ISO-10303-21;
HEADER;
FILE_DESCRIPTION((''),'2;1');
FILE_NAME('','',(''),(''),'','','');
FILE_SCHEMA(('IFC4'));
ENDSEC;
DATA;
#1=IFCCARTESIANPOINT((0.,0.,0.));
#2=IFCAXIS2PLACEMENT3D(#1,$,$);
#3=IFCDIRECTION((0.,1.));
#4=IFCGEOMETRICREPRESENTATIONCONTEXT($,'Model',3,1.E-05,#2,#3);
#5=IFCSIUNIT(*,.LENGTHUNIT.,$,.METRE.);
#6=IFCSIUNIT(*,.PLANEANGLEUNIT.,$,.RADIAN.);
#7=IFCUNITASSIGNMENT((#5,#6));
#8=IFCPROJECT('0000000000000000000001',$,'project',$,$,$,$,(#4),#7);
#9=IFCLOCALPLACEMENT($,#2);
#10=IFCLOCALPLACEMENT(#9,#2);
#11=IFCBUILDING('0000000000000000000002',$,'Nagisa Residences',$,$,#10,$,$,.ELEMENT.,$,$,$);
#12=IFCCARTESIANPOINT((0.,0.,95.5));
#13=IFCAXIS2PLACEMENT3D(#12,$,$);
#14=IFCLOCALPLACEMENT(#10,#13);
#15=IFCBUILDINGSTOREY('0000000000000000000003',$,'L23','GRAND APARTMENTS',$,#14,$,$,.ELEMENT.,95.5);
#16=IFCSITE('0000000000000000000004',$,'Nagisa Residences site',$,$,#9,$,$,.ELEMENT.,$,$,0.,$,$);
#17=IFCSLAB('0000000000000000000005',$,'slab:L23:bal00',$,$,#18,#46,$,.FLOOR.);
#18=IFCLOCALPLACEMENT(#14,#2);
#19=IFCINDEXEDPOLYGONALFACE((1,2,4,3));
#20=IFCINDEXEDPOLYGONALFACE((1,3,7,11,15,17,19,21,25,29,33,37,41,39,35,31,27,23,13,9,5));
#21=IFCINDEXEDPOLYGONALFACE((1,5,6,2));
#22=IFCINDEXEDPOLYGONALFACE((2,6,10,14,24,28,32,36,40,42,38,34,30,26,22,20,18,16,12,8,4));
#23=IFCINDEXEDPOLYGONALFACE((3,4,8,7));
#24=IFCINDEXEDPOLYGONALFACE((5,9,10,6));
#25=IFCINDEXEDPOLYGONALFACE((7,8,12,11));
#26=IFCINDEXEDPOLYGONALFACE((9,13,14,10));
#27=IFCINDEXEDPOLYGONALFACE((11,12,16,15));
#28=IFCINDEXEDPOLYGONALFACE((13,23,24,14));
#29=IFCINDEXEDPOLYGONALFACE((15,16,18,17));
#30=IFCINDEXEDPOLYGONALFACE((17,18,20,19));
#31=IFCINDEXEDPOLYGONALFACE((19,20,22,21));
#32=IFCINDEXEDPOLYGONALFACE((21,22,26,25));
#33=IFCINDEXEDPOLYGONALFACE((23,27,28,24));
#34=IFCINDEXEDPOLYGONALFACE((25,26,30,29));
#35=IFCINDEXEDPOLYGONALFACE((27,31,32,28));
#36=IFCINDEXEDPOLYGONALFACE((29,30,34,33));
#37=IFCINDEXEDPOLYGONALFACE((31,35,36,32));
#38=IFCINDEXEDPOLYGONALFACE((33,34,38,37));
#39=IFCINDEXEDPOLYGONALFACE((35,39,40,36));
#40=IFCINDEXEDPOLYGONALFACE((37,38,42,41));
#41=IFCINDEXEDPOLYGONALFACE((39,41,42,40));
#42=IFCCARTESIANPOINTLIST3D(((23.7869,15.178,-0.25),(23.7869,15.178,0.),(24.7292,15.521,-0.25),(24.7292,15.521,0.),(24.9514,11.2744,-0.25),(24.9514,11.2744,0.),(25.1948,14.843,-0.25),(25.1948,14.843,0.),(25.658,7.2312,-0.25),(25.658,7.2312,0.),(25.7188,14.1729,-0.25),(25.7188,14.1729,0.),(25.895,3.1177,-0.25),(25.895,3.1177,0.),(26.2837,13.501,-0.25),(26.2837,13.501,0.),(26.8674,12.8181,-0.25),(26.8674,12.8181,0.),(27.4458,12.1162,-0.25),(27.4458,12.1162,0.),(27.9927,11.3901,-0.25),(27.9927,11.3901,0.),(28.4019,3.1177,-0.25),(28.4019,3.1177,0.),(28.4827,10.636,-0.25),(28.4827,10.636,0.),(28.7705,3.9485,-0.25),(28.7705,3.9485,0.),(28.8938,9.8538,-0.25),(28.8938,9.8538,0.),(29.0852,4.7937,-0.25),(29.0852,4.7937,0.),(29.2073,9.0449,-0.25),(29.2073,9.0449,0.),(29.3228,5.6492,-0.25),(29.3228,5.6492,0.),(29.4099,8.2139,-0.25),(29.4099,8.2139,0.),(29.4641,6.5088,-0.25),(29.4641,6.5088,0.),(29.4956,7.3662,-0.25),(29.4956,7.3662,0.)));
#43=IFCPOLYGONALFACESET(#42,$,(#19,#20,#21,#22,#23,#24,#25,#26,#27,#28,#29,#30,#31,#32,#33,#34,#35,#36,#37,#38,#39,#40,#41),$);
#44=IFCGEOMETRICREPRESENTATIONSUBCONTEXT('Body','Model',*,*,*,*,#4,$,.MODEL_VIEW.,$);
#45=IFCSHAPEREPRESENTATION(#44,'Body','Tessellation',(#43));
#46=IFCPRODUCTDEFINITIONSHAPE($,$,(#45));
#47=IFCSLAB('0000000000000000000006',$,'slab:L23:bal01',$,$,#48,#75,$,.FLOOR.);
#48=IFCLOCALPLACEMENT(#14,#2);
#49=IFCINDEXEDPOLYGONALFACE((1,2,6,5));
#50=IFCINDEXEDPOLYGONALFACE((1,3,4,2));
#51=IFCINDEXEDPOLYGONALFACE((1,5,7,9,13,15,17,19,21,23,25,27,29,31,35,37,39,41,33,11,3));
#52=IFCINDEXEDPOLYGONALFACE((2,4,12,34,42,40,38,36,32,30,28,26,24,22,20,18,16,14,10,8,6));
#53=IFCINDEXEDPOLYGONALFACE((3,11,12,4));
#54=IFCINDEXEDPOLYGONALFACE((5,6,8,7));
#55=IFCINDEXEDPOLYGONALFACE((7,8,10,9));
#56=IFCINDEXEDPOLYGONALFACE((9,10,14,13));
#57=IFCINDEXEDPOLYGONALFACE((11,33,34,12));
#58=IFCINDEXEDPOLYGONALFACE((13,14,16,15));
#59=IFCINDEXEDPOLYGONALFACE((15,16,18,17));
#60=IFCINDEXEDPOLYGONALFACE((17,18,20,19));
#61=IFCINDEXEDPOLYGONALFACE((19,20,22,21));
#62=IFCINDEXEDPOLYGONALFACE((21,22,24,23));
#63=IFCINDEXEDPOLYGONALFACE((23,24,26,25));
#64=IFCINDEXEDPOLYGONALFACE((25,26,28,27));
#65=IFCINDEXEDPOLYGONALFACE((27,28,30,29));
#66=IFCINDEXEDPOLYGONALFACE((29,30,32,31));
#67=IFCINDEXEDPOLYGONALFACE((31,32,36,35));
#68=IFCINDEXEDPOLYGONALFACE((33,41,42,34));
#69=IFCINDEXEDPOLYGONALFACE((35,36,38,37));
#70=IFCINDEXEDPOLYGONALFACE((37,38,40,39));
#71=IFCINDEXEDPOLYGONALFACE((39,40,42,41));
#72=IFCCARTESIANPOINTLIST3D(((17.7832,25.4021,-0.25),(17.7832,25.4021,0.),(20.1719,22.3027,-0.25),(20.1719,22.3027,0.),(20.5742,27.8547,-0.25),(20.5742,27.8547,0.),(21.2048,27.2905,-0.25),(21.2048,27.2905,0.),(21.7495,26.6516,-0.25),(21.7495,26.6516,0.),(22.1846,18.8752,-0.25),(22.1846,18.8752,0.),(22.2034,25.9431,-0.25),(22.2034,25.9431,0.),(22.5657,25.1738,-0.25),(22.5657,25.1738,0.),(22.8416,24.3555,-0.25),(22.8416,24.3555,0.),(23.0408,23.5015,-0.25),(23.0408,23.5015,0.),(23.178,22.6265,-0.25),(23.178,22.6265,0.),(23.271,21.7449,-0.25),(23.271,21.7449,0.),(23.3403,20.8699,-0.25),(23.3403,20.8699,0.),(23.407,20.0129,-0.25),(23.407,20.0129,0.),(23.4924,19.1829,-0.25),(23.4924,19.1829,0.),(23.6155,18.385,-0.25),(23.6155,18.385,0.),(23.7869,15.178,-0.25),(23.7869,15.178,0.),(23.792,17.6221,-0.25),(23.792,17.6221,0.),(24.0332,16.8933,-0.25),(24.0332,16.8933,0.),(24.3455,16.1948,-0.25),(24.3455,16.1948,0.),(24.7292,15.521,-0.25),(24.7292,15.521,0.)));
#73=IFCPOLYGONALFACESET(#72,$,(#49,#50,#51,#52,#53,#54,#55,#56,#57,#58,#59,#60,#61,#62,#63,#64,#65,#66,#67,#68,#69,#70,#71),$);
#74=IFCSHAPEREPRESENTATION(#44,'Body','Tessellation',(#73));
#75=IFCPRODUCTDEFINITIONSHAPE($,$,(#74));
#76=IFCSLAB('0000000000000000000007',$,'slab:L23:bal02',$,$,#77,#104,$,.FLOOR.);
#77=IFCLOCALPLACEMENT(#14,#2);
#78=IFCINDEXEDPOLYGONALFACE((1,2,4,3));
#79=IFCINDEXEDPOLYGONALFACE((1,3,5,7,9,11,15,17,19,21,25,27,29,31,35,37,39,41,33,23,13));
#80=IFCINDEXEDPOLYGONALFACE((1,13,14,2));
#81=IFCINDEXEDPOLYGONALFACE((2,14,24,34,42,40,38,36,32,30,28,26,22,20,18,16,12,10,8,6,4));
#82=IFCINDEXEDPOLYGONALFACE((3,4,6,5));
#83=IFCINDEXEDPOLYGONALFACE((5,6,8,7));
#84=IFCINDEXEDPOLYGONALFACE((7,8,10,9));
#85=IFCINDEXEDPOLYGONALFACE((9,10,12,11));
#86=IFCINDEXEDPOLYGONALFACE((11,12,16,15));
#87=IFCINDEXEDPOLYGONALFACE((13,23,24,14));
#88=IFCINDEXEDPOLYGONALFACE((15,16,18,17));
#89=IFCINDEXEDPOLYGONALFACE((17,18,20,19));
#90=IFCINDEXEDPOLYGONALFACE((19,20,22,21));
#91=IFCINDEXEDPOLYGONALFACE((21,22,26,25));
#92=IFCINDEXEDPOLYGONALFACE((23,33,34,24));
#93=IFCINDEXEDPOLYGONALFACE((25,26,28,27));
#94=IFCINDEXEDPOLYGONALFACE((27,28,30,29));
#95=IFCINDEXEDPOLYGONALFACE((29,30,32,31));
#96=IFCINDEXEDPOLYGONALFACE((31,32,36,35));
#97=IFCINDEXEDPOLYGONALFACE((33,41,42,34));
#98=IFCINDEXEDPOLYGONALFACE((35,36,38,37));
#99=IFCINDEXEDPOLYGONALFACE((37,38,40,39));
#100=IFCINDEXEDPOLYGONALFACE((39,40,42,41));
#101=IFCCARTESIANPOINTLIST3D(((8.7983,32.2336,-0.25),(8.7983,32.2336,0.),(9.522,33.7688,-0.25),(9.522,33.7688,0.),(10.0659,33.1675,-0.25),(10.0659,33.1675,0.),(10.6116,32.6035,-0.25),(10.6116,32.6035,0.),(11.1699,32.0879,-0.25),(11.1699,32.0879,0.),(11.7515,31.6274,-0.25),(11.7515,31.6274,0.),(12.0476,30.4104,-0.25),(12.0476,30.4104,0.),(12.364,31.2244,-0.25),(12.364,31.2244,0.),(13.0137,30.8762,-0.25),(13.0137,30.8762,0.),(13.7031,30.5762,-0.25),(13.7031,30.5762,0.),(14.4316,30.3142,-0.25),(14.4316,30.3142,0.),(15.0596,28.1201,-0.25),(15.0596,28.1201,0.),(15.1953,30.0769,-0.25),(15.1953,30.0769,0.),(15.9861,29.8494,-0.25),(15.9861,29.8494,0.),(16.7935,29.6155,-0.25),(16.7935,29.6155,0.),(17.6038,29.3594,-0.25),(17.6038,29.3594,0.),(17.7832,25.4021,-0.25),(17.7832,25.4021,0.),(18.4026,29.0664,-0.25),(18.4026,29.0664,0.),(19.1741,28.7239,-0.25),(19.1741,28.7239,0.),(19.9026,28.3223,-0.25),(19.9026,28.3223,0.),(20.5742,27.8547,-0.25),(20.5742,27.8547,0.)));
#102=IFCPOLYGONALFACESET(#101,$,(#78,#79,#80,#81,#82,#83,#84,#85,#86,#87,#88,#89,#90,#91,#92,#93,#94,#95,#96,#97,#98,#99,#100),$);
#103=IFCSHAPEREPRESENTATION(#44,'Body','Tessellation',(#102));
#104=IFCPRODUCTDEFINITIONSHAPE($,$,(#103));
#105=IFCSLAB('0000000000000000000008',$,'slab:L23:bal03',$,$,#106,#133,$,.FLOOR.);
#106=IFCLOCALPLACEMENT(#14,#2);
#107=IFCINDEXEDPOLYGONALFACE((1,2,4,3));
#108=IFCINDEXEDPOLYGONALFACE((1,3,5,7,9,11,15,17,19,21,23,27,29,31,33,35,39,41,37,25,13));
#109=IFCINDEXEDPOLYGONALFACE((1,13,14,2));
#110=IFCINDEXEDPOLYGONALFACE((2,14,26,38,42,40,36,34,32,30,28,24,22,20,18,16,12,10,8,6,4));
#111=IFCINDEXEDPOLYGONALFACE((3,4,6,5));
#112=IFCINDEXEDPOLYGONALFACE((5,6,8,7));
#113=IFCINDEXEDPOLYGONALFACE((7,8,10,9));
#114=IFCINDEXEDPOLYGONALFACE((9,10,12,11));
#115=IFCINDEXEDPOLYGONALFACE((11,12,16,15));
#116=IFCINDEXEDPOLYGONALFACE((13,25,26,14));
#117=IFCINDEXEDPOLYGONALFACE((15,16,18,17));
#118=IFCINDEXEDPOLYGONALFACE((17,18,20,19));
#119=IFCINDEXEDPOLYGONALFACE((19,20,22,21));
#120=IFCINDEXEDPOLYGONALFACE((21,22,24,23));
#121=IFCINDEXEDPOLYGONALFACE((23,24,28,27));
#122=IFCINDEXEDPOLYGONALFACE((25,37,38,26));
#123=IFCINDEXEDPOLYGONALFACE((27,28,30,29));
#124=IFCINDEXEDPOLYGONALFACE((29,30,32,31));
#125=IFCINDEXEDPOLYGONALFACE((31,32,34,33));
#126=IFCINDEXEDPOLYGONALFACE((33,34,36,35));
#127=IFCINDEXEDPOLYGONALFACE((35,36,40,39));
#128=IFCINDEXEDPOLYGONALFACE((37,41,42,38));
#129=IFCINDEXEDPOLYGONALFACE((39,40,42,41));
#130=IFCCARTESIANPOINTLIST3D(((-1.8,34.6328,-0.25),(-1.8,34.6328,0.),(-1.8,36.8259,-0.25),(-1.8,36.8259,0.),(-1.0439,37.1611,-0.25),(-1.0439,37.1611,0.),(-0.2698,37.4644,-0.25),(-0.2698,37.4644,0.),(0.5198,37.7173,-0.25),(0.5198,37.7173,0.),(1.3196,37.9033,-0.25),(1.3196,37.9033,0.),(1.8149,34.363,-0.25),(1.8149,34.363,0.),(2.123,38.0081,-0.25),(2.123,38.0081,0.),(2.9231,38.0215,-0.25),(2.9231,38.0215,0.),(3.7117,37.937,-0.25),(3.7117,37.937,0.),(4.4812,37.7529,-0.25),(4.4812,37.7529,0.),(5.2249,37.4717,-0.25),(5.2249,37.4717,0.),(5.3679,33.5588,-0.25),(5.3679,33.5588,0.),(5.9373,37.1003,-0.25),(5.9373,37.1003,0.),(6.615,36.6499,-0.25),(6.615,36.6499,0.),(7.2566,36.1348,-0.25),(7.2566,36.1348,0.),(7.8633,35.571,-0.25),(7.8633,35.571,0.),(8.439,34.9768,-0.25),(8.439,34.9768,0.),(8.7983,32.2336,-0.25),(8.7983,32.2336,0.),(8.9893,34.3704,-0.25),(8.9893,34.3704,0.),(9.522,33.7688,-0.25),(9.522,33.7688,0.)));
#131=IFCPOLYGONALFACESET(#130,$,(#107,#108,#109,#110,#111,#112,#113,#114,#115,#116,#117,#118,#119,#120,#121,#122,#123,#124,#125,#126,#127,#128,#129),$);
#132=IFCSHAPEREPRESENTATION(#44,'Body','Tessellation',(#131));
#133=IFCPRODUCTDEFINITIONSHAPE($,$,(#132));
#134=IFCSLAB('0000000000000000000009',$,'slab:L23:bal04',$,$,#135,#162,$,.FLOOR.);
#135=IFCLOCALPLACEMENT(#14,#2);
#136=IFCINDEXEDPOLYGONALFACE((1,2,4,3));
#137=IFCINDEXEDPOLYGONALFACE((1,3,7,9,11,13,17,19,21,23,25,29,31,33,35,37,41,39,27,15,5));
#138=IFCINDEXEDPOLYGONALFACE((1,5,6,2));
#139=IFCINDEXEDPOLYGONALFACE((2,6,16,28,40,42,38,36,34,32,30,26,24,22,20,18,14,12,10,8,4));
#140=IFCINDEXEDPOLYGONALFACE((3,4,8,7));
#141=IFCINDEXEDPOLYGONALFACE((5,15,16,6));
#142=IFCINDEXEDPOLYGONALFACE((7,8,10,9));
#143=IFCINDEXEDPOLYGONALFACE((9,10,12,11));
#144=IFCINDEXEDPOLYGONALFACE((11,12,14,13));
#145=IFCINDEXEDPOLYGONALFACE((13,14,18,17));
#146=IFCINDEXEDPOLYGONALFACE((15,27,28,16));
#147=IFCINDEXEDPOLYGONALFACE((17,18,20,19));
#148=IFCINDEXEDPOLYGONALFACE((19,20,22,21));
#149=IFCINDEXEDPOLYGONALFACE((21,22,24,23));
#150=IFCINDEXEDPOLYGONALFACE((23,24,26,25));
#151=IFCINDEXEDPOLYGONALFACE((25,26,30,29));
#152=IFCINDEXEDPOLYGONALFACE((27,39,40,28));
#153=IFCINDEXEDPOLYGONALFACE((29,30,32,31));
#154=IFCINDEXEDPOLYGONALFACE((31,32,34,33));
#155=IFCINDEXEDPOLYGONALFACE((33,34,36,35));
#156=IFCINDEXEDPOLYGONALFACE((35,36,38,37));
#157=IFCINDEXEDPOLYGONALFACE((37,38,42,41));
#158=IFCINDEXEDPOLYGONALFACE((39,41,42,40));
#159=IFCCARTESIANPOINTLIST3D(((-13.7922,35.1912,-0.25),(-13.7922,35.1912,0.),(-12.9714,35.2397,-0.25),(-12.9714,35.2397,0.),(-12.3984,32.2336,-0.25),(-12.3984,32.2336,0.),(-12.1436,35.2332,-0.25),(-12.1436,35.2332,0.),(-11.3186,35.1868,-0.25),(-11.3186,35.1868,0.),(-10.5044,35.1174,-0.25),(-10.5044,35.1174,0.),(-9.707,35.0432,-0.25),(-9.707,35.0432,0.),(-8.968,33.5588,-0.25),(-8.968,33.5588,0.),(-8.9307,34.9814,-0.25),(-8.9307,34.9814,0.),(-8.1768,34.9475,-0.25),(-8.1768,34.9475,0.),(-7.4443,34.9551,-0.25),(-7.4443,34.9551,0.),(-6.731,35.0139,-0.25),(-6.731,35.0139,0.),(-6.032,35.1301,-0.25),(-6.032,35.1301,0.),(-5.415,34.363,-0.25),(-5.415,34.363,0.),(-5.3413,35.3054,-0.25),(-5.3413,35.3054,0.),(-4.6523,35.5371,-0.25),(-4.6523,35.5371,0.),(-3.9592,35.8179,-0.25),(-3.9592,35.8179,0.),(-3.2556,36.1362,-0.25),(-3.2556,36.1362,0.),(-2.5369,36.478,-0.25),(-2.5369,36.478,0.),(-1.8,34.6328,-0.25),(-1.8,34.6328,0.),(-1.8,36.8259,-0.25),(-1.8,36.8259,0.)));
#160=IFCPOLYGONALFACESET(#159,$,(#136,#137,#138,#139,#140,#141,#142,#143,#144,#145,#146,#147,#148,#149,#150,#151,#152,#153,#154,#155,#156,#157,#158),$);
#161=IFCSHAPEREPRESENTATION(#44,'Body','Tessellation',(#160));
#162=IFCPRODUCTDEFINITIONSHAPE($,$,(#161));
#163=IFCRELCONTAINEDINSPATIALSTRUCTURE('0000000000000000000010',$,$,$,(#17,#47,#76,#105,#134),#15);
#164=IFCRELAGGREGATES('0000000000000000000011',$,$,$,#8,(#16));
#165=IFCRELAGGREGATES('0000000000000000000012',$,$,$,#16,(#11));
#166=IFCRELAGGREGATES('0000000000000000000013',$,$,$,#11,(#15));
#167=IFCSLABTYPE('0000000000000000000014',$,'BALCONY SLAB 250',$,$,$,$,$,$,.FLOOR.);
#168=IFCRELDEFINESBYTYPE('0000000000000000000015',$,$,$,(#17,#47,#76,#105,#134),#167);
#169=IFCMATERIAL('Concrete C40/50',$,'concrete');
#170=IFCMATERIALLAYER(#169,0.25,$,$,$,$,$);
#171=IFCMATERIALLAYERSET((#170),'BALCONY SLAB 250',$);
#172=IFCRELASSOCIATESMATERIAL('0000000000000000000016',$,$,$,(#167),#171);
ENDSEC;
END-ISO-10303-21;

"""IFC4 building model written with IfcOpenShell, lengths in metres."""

from ifc_helpers import new_model, si_unit, direction, frame, origin, place, context, subcontext, project, spatial, polyline, outline, extrude, material, layer, layer_set, type_object, element, save


model = new_model("IFC4")

# Units and contexts
model_context = context("Model", 3, precision=1e-05, world=origin(), true_north=direction((0.0, 1.0)))
body_context = subcontext(model_context, "Body", "Model", "MODEL_VIEW")
ifc_project = project(units=[si_unit("LENGTHUNIT", "METRE"), si_unit("PLANEANGLEUNIT", "RADIAN")], contexts=[model_context])

# Site, building, storey
site_placement = place(None, origin())
site = spatial("IfcSite", under=ifc_project, at=site_placement, Name="Nagisa Residences site", CompositionType="ELEMENT", RefElevation=0.0)
building_placement = place(site_placement, origin())
building = spatial("IfcBuilding", under=site, at=building_placement, Name="Nagisa Residences", CompositionType="ELEMENT")
storey_placement = place(building_placement, frame((0.0, 0.0, 95.5)))
storey = spatial("IfcBuildingStorey", under=building, at=storey_placement, Name="L23", Description="GRAND APARTMENTS", CompositionType="ELEMENT", Elevation=95.5)

# Slabs
ifc_material_1 = material(Name="Concrete C40/50", Category="concrete")
ifc_layer_1 = layer(ifc_material_1, 0.25)
ifc_layer_set_1 = layer_set([ifc_layer_1], Name="BALCONY SLAB 250")
slab_type_1 = type_object("IfcSlabType", Name="BALCONY SLAB 250", PredefinedType="FLOOR", material=ifc_layer_set_1)
slab_1_placement = place(storey_placement, frame((0.0, 0.0, -0.25)))
element("IfcSlab", 1, at=slab_1_placement, inside=storey, type_object=slab_type_1, Name="slab:L23:bal00", PredefinedType="FLOOR", context=body_context, shape_type="SweptSolid", body=[
    extrude(outline(polyline([(28.4019, 3.1177), (28.7705, 3.9485), (29.0852, 4.7937), (29.3228, 5.6492), (29.4641, 6.5088), (29.4956, 7.3662), (29.4099, 8.2139), (29.2073, 9.0449), (28.8938, 9.8538), (28.4827, 10.636), (27.9927, 11.3901), (27.4458, 12.1162), (26.8674, 12.8181), (26.2837, 13.501), (25.7188, 14.1729), (25.1948, 14.843), (24.7292, 15.521), (23.7869, 15.178), (24.9514, 11.2744), (25.658, 7.2312), (25.895, 3.1177), (28.4019, 3.1177)])), origin(), (0.0, 0.0, 1.0), 0.25),
])
slab_2_placement = place(storey_placement, frame((0.0, 0.0, -0.25)))
element("IfcSlab", 2, at=slab_2_placement, inside=storey, type_object=slab_type_1, Name="slab:L23:bal01", PredefinedType="FLOOR", context=body_context, shape_type="SweptSolid", body=[
    extrude(outline(polyline([(24.7292, 15.521), (24.3455, 16.1948), (24.0332, 16.8933), (23.792, 17.6221), (23.6155, 18.385), (23.4924, 19.1829), (23.407, 20.0129), (23.3403, 20.8699), (23.271, 21.7449), (23.178, 22.6265), (23.0408, 23.5015), (22.8416, 24.3555), (22.5657, 25.1738), (22.2034, 25.9431), (21.7495, 26.6516), (21.2048, 27.2905), (20.5742, 27.8547), (17.7832, 25.4021), (20.1719, 22.3027), (22.1846, 18.8752), (23.7869, 15.178), (24.7292, 15.521)])), origin(), (0.0, 0.0, 1.0), 0.25),
])
slab_3_placement = place(storey_placement, frame((0.0, 0.0, -0.25)))
element("IfcSlab", 3, at=slab_3_placement, inside=storey, type_object=slab_type_1, Name="slab:L23:bal02", PredefinedType="FLOOR", context=body_context, shape_type="SweptSolid", body=[
    extrude(outline(polyline([(20.5742, 27.8547), (19.9026, 28.3223), (19.1741, 28.7239), (18.4026, 29.0664), (17.6038, 29.3594), (16.7935, 29.6155), (15.9861, 29.8494), (15.1953, 30.0769), (14.4316, 30.3142), (13.7031, 30.5762), (13.0137, 30.8762), (12.364, 31.2244), (11.7515, 31.6274), (11.1699, 32.0879), (10.6116, 32.6035), (10.0659, 33.1675), (9.522, 33.7688), (8.7983, 32.2336), (12.0476, 30.4104), (15.0596, 28.1201), (17.7832, 25.4021), (20.5742, 27.8547)])), origin(), (0.0, 0.0, 1.0), 0.25),
])
slab_4_placement = place(storey_placement, frame((0.0, 0.0, -0.25)))
element("IfcSlab", 4, at=slab_4_placement, inside=storey, type_object=slab_type_1, Name="slab:L23:bal03", PredefinedType="FLOOR", context=body_context, shape_type="SweptSolid", body=[
    extrude(outline(polyline([(9.522, 33.7688), (8.9893, 34.3704), (8.439, 34.9768), (7.8633, 35.571), (7.2566, 36.1348), (6.615, 36.6499), (5.9373, 37.1003), (5.2249, 37.4717), (4.4812, 37.7529), (3.7117, 37.937), (2.9231, 38.0215), (2.123, 38.0081), (1.3196, 37.9033), (0.5198, 37.7173), (-0.2698, 37.4644), (-1.0439, 37.1611), (-1.8, 36.8259), (-1.8, 34.6328), (1.8149, 34.363), (5.3679, 33.5588), (8.7983, 32.2336), (9.522, 33.7688)])), origin(), (0.0, 0.0, 1.0), 0.25),
])
slab_5_placement = place(storey_placement, frame((0.0, 0.0, -0.25)))
element("IfcSlab", 5, at=slab_5_placement, inside=storey, type_object=slab_type_1, Name="slab:L23:bal04", PredefinedType="FLOOR", context=body_context, shape_type="SweptSolid", body=[
    extrude(outline(polyline([(-1.8, 36.8259), (-2.5369, 36.478), (-3.2556, 36.1362), (-3.9592, 35.8179), (-4.6523, 35.5371), (-5.3413, 35.3054), (-6.032, 35.1301), (-6.731, 35.0139), (-7.4443, 34.9551), (-8.1768, 34.9475), (-8.9307, 34.9814), (-9.707, 35.0432), (-10.5044, 35.1174), (-11.3186, 35.1868), (-12.1436, 35.2332), (-12.9714, 35.2397), (-13.7922, 35.1912), (-12.3984, 32.2336), (-8.968, 33.5588), (-5.415, 34.363), (-1.8, 34.6328), (-1.8, 36.8259)])), origin(), (0.0, 0.0, 1.0), 0.25),
])

save(model, "model.ifc")
